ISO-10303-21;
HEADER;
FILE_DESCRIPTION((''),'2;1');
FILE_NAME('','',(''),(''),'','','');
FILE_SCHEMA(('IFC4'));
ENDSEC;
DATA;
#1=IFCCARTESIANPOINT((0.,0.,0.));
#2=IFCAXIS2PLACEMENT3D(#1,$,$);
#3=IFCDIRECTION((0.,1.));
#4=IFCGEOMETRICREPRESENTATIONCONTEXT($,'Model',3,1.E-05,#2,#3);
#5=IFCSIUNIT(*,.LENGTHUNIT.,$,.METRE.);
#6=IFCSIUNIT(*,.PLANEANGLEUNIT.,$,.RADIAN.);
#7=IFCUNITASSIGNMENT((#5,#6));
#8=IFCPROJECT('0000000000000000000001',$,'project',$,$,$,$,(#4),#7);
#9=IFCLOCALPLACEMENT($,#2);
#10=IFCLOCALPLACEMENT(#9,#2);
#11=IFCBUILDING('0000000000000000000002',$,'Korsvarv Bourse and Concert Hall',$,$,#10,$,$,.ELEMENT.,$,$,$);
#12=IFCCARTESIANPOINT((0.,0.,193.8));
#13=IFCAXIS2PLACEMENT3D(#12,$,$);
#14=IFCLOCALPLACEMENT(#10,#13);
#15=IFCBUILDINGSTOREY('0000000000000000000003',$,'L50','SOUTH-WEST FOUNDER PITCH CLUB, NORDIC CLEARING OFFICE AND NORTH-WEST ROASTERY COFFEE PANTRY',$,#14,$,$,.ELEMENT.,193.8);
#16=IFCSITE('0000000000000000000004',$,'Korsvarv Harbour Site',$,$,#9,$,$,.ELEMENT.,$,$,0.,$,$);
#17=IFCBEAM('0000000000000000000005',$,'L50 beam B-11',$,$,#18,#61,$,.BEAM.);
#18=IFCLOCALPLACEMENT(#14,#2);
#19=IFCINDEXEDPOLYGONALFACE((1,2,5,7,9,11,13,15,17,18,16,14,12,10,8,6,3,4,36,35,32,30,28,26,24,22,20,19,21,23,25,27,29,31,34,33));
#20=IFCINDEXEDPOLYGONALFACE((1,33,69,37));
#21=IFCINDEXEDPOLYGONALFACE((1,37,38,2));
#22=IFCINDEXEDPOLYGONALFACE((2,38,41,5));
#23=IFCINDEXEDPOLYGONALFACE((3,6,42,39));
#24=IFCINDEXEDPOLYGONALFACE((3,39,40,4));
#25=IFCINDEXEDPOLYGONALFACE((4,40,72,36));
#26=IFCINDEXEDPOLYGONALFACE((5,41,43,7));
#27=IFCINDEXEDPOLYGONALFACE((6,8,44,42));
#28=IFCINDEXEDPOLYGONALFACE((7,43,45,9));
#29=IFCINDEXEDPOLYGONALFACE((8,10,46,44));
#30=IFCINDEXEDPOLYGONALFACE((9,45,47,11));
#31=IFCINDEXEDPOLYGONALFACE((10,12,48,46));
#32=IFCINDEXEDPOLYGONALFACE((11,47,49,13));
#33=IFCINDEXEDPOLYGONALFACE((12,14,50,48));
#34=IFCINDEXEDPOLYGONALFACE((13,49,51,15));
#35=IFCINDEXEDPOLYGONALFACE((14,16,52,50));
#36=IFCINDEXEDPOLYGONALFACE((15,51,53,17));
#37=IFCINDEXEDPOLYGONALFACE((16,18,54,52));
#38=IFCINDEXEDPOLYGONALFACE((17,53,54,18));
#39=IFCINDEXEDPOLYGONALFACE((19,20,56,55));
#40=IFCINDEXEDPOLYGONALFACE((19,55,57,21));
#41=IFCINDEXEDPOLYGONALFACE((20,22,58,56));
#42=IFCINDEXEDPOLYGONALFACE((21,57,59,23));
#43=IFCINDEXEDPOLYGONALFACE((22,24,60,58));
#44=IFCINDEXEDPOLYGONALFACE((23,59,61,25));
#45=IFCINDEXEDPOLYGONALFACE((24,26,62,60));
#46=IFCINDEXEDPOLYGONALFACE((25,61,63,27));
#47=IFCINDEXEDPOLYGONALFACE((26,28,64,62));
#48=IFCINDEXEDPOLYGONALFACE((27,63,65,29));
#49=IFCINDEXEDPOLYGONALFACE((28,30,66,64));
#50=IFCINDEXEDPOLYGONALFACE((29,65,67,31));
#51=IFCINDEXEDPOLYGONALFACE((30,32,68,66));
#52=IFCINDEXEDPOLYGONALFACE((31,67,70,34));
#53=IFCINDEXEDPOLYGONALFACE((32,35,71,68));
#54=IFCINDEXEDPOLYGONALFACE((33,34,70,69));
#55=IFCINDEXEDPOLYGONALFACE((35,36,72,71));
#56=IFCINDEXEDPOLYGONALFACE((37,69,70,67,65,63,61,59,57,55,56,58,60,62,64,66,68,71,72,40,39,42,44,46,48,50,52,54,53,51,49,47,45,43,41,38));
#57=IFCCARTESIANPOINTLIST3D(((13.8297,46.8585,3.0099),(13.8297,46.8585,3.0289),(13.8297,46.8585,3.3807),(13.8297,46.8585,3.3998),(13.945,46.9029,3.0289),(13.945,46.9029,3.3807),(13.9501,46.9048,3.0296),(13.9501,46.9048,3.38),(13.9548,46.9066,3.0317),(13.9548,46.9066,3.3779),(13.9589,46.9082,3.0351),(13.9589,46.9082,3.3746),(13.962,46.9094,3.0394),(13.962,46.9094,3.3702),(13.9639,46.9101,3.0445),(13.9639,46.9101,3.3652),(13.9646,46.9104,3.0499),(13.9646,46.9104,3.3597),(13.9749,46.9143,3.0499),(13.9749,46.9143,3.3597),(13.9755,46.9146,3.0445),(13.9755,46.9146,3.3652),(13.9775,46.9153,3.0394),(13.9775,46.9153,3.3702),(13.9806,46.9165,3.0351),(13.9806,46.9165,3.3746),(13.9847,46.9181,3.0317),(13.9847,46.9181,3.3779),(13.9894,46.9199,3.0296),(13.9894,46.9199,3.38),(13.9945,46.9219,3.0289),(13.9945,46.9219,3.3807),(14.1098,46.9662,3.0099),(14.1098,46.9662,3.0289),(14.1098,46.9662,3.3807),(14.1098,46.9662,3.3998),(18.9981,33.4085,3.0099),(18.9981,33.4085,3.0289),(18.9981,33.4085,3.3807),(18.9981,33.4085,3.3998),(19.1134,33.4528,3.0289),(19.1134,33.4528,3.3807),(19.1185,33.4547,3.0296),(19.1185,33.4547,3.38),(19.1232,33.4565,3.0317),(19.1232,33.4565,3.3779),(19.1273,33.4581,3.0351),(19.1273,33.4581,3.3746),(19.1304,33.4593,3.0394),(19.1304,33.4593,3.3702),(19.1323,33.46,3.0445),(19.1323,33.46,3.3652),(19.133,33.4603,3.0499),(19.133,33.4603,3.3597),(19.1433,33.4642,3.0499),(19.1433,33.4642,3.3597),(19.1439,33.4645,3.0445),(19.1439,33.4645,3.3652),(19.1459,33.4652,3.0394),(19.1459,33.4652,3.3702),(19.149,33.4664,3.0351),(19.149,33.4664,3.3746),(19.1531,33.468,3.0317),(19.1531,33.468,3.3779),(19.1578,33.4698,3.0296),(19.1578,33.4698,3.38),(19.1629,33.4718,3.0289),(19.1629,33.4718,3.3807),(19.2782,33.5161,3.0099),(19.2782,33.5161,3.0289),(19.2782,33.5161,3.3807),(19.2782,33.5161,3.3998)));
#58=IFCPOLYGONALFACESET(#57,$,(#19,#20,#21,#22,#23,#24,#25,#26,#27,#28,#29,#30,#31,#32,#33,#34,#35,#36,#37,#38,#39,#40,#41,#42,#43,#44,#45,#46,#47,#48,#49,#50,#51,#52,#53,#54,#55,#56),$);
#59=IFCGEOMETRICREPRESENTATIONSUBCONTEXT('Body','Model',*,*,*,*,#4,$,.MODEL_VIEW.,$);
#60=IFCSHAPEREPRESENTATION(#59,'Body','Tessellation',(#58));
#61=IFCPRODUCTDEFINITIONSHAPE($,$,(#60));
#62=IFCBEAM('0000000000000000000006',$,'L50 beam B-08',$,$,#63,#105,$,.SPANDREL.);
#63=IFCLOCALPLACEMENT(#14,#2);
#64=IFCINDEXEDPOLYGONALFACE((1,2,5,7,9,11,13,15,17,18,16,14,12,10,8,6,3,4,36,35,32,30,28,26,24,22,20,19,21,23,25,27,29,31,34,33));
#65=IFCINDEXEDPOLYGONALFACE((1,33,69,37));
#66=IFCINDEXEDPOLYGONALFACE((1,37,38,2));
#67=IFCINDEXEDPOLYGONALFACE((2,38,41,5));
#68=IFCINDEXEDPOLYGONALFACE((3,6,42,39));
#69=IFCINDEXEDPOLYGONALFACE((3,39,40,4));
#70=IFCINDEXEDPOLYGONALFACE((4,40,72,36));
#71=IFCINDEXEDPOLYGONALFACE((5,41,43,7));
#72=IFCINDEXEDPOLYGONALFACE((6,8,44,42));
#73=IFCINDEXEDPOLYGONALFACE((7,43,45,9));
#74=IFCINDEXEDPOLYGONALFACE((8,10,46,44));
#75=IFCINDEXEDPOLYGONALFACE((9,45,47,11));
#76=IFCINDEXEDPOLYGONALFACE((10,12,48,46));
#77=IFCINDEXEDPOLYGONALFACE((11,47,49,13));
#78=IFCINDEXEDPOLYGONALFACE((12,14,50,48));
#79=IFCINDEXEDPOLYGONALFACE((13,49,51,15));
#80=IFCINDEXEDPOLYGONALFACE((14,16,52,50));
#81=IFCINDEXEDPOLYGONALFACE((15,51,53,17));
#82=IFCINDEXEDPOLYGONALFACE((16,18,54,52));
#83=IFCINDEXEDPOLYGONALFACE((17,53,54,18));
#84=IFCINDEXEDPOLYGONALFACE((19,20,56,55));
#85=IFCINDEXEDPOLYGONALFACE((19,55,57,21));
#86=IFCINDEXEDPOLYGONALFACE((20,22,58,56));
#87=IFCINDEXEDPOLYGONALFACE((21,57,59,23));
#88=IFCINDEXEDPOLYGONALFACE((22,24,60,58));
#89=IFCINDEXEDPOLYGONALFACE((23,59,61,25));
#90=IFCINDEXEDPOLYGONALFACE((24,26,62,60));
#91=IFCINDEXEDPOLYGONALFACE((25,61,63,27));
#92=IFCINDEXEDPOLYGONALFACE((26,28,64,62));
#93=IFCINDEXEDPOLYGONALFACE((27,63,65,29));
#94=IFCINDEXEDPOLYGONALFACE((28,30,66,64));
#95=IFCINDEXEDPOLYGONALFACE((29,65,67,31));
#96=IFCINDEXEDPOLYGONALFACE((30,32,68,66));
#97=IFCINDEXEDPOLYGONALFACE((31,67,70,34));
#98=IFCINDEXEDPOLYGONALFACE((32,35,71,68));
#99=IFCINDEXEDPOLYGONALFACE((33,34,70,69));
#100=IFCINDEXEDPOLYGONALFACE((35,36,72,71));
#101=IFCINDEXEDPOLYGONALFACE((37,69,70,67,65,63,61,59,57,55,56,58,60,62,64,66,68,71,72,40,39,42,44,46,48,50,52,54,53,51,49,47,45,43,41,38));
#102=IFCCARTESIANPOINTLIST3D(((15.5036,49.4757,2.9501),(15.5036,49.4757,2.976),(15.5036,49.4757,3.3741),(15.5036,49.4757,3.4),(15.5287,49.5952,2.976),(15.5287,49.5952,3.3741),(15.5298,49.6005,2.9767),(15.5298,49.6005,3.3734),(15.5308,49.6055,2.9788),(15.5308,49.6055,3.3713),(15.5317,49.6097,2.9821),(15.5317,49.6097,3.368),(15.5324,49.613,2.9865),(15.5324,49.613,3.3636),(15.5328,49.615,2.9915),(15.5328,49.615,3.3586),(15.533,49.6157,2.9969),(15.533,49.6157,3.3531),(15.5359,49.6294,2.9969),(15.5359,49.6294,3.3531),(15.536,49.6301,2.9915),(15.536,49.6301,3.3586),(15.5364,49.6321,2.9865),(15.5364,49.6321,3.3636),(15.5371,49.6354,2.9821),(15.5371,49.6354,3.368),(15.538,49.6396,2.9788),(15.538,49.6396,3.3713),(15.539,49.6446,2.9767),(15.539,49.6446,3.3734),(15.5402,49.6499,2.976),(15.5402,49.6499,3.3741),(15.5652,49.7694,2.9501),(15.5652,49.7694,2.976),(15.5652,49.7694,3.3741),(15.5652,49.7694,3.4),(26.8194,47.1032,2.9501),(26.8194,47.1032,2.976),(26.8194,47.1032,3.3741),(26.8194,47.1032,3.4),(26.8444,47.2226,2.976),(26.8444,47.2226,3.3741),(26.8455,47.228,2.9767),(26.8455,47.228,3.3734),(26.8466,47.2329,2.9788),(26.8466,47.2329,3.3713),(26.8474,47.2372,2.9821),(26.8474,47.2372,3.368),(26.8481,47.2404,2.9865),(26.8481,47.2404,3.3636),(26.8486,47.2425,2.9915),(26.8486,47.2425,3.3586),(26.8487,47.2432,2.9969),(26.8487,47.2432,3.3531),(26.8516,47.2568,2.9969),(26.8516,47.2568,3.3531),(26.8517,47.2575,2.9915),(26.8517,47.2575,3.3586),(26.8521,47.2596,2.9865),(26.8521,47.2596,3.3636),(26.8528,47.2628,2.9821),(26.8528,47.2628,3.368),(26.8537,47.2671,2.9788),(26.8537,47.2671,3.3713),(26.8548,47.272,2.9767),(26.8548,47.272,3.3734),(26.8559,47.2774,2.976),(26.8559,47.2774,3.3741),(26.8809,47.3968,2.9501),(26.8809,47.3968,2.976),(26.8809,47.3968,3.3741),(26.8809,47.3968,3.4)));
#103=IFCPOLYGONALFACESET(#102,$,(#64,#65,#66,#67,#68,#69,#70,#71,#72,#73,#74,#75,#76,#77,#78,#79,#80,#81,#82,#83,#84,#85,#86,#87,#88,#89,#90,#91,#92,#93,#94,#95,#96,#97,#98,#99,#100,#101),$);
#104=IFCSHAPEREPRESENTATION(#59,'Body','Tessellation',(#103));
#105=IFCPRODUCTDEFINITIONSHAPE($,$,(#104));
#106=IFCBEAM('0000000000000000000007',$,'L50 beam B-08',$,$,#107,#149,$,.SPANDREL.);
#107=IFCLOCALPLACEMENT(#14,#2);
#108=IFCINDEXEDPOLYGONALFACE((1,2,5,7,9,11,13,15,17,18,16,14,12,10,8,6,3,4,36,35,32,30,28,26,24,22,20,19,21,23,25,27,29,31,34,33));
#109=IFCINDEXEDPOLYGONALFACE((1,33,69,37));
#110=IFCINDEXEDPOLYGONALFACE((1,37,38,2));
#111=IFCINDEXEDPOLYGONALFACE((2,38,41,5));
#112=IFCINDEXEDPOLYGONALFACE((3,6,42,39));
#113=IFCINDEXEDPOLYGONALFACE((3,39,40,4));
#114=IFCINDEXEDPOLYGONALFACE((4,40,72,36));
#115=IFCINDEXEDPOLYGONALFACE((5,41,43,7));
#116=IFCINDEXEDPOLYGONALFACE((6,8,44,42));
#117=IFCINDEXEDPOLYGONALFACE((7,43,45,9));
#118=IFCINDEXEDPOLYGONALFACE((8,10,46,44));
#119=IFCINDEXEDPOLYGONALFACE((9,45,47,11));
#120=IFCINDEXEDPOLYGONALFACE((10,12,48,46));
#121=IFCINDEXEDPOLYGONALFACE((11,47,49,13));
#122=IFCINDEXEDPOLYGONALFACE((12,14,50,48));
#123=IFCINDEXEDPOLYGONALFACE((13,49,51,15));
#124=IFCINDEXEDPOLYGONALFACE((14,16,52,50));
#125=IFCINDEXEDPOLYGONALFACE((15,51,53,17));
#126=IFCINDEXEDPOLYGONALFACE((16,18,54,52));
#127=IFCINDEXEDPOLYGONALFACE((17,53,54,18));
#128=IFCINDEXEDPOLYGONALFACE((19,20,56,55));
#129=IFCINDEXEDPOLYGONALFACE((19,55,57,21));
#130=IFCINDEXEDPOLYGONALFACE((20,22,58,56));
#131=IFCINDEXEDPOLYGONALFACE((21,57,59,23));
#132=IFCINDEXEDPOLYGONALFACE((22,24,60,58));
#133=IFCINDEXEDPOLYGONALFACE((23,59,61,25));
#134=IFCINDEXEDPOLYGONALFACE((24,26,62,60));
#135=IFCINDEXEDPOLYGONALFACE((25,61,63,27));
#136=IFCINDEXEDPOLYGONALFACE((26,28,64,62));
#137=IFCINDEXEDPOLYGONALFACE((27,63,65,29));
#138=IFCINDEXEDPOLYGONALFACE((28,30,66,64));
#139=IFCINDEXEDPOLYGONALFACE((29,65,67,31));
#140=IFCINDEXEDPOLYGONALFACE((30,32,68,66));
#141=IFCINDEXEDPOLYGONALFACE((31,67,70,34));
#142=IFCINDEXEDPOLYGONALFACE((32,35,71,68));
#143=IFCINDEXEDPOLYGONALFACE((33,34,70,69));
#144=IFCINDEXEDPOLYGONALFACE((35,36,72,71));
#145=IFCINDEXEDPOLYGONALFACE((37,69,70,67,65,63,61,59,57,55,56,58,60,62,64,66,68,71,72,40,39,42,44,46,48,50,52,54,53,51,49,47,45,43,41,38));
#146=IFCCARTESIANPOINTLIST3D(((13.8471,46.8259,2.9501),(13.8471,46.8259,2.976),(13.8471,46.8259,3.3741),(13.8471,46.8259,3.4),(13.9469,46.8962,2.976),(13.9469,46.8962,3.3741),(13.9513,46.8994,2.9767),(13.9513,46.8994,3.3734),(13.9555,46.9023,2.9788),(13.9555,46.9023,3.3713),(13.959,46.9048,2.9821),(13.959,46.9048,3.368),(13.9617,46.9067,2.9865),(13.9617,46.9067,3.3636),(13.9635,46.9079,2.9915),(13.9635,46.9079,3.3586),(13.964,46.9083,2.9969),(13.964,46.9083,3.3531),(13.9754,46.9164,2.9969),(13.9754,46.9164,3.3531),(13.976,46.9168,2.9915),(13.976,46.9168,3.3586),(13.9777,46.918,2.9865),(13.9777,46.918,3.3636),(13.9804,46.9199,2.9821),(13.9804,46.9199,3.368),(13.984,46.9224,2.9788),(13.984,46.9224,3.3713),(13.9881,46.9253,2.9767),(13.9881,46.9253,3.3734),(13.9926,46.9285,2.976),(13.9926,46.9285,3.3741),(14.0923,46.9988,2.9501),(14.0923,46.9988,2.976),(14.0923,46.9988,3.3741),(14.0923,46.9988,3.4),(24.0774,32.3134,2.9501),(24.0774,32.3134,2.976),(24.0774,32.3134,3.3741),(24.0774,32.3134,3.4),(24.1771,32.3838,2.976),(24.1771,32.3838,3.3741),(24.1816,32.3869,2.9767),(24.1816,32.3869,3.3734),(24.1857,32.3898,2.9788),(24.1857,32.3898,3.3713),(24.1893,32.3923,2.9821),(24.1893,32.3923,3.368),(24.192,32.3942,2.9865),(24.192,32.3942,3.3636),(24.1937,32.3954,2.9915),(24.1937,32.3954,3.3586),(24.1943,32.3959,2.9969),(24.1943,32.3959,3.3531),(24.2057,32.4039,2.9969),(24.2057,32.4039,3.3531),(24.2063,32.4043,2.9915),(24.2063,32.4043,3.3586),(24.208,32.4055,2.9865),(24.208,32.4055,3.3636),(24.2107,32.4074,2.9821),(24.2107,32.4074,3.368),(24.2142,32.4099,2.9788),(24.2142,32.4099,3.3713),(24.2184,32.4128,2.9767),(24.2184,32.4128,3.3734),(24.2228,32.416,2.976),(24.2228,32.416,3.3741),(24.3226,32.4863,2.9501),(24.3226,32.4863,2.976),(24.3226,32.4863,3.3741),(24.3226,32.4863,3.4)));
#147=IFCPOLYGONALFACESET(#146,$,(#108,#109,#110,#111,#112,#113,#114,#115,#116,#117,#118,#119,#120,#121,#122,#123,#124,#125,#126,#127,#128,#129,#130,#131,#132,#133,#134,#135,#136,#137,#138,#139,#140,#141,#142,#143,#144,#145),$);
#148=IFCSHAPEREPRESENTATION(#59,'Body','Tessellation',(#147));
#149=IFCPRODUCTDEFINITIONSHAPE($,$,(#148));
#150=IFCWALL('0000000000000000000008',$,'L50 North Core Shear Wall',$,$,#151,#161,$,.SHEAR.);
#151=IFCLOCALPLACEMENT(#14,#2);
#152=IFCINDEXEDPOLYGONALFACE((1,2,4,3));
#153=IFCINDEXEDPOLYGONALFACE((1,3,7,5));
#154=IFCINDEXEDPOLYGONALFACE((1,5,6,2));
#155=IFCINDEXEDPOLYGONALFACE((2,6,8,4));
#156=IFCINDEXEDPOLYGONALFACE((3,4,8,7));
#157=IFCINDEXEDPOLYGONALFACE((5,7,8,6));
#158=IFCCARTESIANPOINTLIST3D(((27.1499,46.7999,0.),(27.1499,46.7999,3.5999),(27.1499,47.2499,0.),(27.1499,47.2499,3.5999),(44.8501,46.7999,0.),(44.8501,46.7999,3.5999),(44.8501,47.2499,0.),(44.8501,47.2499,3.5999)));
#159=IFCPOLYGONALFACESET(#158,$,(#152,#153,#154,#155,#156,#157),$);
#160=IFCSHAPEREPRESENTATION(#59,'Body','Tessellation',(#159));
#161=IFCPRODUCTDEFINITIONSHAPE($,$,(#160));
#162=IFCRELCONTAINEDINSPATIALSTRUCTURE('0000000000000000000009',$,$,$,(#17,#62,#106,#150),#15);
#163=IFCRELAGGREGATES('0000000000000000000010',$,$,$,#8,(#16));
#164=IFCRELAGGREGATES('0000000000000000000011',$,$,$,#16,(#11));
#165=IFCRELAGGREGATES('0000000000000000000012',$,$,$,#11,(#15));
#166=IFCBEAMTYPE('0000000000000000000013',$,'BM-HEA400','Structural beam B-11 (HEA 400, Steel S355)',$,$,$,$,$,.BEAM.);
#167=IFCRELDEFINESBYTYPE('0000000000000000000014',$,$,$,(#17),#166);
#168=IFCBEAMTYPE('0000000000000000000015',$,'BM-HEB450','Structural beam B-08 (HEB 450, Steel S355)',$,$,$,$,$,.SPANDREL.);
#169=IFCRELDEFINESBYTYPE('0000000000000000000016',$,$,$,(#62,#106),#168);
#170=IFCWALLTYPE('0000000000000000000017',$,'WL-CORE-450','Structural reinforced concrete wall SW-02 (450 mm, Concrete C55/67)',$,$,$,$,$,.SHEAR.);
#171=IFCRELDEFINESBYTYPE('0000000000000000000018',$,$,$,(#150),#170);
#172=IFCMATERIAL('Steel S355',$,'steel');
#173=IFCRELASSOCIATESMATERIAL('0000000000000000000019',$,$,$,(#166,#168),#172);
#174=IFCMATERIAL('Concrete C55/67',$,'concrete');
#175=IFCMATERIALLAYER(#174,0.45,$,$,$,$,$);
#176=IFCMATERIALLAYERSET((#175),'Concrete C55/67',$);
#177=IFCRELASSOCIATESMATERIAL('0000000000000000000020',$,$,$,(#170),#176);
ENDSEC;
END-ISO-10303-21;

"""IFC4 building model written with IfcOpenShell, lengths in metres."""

from ifc_helpers import new_model, si_unit, direction, frame, frame_2d, origin, origin_2d, place, context, subcontext, project, spatial, rectangle, i_section, extrude, source, transform, mapped, material, layer, layer_set, material_profile, profile_set, type_object, element, save


model = new_model("IFC4")

# Units and contexts
model_context = context("Model", 3, precision=1e-05, world=origin(), true_north=direction((0.0, 1.0)))
body_context = subcontext(model_context, "Body", "Model", "MODEL_VIEW")
ifc_project = project(units=[si_unit("LENGTHUNIT", "METRE"), si_unit("PLANEANGLEUNIT", "RADIAN")], contexts=[model_context])

# Site, building, storey
site_placement = place(None, origin())
site = spatial("IfcSite", under=ifc_project, at=site_placement, Name="Korsvarv Harbour Site", CompositionType="ELEMENT", RefElevation=0.0)
building_placement = place(site_placement, origin())
building = spatial("IfcBuilding", under=site, at=building_placement, Name="Korsvarv Bourse and Concert Hall", CompositionType="ELEMENT")
storey_placement = place(building_placement, frame((0.0, 0.0, 193.8)))
storey = spatial("IfcBuildingStorey", under=building, at=storey_placement, Name="L50", Description="SOUTH-WEST FOUNDER PITCH CLUB, NORDIC CLEARING OFFICE AND NORTH-WEST ROASTERY COFFEE PANTRY", CompositionType="ELEMENT", Elevation=193.8)

# Shared definitions
ifc_material_1 = material(Name="Concrete C55/67", Category="concrete")
ifc_material_2 = material(Name="Steel S355", Category="steel")

# Beams
ifc_material_profile_1 = material_profile(ifc_material_2, i_section(OverallWidth=0.3, OverallDepth=0.3899, WebThickness=0.011, FlangeThickness=0.019, FilletRadius=0.021, at=origin_2d()), Name="HEA 400")
ifc_profile_set_1 = profile_set([ifc_material_profile_1], Name="Steel S355")
beam_type_1 = type_object("IfcBeamType", Name="BM-HEA400", Description="Structural beam B-11 (HEA 400, Steel S355)", PredefinedType="BEAM", material=ifc_profile_set_1)
shared_shape_1 = source(origin(), body_context, "Body", "SweptSolid", [
    extrude(i_section(OverallWidth=0.3, OverallDepth=0.3899, WebThickness=0.011, FlangeThickness=0.019, FilletRadius=0.021, at=origin_2d()), origin(), (0.0, 0.0, 1.0), 14.4089),
])
beam_1_placement = place(storey_placement, frame((13.9697, 46.9124, 3.2048), z_axis=(0.358695, -0.933455, 0.0), x_axis=(0.933455, 0.358695, 0.0)))
element("IfcBeam", 1, at=beam_1_placement, inside=storey, type_object=beam_type_1, Name="L50 beam B-11", PredefinedType="BEAM", context=body_context, shape_type="MappedRepresentation", body=[
    mapped(shared_shape_1, transform((0.0, 0.0, 0.0), scale=1.0)),
])
ifc_material_profile_2 = material_profile(ifc_material_2, i_section(OverallWidth=0.3, OverallDepth=0.45, WebThickness=0.0139, FlangeThickness=0.0259, FilletRadius=0.021, at=origin_2d()), Name="HEB 450")
ifc_profile_set_2 = profile_set([ifc_material_profile_2], Name="Steel S355")
beam_type_2 = type_object("IfcBeamType", Name="BM-HEB450", Description="Structural beam B-08 (HEB 450, Steel S355)", PredefinedType="SPANDREL", material=ifc_profile_set_2)
shared_shape_2 = source(origin(), body_context, "Body", "SweptSolid", [
    extrude(i_section(OverallWidth=0.3, OverallDepth=0.45, WebThickness=0.0139, FlangeThickness=0.0259, FilletRadius=0.021, at=origin_2d()), origin(), (0.0, 0.0, 1.0), 11.5618),
])
beam_2_placement = place(storey_placement, frame((15.5344, 49.6226, 3.175), z_axis=(0.978718, -0.205208, 0.0), x_axis=(0.205208, 0.978718, 0.0)))
element("IfcBeam", 2, at=beam_2_placement, inside=storey, type_object=beam_type_2, Name="L50 beam B-08", PredefinedType="SPANDREL", context=body_context, shape_type="MappedRepresentation", body=[
    mapped(shared_shape_2, transform((0.0, 0.0, 0.0), scale=1.0)),
])
shared_shape_3 = source(origin(), body_context, "Body", "SweptSolid", [
    extrude(i_section(OverallWidth=0.3, OverallDepth=0.45, WebThickness=0.0139, FlangeThickness=0.0259, FilletRadius=0.021, at=origin_2d()), origin(), (0.0, 0.0, 1.0), 17.7559),
])
beam_3_placement = place(storey_placement, frame((13.9697, 46.9124, 3.175), z_axis=(0.576162, -0.817335, 0.0), x_axis=(0.817335, 0.576162, 0.0)))
element("IfcBeam", 3, at=beam_3_placement, inside=storey, type_object=beam_type_2, Name="L50 beam B-08", PredefinedType="SPANDREL", context=body_context, shape_type="MappedRepresentation", body=[
    mapped(shared_shape_3, transform((0.0, 0.0, 0.0), scale=1.0)),
])

# Wall
ifc_layer_1 = layer(ifc_material_1, 0.45)
ifc_layer_set_1 = layer_set([ifc_layer_1], Name="Concrete C55/67")
wall_type_1 = type_object("IfcWallType", Name="WL-CORE-450", Description="Structural reinforced concrete wall SW-02 (450 mm, Concrete C55/67)", PredefinedType="SHEAR", material=ifc_layer_set_1)
wall_1_placement = place(storey_placement, frame((27.1499, 47.0249, 0.0), z_axis=(0.0, 0.0, 1.0), x_axis=(1.0, 0.0, 0.0)))
element("IfcWall", 4, at=wall_1_placement, inside=storey, type_object=wall_type_1, Name="L50 North Core Shear Wall", PredefinedType="SHEAR", context=body_context, shape_type="SweptSolid", body=[
    extrude(rectangle(XDim=17.7002, YDim=0.45, at=frame_2d((8.8501, 0.0))), origin(), (0.0, 0.0, 1.0), 3.5999),
])

save(model, "model.ifc")
